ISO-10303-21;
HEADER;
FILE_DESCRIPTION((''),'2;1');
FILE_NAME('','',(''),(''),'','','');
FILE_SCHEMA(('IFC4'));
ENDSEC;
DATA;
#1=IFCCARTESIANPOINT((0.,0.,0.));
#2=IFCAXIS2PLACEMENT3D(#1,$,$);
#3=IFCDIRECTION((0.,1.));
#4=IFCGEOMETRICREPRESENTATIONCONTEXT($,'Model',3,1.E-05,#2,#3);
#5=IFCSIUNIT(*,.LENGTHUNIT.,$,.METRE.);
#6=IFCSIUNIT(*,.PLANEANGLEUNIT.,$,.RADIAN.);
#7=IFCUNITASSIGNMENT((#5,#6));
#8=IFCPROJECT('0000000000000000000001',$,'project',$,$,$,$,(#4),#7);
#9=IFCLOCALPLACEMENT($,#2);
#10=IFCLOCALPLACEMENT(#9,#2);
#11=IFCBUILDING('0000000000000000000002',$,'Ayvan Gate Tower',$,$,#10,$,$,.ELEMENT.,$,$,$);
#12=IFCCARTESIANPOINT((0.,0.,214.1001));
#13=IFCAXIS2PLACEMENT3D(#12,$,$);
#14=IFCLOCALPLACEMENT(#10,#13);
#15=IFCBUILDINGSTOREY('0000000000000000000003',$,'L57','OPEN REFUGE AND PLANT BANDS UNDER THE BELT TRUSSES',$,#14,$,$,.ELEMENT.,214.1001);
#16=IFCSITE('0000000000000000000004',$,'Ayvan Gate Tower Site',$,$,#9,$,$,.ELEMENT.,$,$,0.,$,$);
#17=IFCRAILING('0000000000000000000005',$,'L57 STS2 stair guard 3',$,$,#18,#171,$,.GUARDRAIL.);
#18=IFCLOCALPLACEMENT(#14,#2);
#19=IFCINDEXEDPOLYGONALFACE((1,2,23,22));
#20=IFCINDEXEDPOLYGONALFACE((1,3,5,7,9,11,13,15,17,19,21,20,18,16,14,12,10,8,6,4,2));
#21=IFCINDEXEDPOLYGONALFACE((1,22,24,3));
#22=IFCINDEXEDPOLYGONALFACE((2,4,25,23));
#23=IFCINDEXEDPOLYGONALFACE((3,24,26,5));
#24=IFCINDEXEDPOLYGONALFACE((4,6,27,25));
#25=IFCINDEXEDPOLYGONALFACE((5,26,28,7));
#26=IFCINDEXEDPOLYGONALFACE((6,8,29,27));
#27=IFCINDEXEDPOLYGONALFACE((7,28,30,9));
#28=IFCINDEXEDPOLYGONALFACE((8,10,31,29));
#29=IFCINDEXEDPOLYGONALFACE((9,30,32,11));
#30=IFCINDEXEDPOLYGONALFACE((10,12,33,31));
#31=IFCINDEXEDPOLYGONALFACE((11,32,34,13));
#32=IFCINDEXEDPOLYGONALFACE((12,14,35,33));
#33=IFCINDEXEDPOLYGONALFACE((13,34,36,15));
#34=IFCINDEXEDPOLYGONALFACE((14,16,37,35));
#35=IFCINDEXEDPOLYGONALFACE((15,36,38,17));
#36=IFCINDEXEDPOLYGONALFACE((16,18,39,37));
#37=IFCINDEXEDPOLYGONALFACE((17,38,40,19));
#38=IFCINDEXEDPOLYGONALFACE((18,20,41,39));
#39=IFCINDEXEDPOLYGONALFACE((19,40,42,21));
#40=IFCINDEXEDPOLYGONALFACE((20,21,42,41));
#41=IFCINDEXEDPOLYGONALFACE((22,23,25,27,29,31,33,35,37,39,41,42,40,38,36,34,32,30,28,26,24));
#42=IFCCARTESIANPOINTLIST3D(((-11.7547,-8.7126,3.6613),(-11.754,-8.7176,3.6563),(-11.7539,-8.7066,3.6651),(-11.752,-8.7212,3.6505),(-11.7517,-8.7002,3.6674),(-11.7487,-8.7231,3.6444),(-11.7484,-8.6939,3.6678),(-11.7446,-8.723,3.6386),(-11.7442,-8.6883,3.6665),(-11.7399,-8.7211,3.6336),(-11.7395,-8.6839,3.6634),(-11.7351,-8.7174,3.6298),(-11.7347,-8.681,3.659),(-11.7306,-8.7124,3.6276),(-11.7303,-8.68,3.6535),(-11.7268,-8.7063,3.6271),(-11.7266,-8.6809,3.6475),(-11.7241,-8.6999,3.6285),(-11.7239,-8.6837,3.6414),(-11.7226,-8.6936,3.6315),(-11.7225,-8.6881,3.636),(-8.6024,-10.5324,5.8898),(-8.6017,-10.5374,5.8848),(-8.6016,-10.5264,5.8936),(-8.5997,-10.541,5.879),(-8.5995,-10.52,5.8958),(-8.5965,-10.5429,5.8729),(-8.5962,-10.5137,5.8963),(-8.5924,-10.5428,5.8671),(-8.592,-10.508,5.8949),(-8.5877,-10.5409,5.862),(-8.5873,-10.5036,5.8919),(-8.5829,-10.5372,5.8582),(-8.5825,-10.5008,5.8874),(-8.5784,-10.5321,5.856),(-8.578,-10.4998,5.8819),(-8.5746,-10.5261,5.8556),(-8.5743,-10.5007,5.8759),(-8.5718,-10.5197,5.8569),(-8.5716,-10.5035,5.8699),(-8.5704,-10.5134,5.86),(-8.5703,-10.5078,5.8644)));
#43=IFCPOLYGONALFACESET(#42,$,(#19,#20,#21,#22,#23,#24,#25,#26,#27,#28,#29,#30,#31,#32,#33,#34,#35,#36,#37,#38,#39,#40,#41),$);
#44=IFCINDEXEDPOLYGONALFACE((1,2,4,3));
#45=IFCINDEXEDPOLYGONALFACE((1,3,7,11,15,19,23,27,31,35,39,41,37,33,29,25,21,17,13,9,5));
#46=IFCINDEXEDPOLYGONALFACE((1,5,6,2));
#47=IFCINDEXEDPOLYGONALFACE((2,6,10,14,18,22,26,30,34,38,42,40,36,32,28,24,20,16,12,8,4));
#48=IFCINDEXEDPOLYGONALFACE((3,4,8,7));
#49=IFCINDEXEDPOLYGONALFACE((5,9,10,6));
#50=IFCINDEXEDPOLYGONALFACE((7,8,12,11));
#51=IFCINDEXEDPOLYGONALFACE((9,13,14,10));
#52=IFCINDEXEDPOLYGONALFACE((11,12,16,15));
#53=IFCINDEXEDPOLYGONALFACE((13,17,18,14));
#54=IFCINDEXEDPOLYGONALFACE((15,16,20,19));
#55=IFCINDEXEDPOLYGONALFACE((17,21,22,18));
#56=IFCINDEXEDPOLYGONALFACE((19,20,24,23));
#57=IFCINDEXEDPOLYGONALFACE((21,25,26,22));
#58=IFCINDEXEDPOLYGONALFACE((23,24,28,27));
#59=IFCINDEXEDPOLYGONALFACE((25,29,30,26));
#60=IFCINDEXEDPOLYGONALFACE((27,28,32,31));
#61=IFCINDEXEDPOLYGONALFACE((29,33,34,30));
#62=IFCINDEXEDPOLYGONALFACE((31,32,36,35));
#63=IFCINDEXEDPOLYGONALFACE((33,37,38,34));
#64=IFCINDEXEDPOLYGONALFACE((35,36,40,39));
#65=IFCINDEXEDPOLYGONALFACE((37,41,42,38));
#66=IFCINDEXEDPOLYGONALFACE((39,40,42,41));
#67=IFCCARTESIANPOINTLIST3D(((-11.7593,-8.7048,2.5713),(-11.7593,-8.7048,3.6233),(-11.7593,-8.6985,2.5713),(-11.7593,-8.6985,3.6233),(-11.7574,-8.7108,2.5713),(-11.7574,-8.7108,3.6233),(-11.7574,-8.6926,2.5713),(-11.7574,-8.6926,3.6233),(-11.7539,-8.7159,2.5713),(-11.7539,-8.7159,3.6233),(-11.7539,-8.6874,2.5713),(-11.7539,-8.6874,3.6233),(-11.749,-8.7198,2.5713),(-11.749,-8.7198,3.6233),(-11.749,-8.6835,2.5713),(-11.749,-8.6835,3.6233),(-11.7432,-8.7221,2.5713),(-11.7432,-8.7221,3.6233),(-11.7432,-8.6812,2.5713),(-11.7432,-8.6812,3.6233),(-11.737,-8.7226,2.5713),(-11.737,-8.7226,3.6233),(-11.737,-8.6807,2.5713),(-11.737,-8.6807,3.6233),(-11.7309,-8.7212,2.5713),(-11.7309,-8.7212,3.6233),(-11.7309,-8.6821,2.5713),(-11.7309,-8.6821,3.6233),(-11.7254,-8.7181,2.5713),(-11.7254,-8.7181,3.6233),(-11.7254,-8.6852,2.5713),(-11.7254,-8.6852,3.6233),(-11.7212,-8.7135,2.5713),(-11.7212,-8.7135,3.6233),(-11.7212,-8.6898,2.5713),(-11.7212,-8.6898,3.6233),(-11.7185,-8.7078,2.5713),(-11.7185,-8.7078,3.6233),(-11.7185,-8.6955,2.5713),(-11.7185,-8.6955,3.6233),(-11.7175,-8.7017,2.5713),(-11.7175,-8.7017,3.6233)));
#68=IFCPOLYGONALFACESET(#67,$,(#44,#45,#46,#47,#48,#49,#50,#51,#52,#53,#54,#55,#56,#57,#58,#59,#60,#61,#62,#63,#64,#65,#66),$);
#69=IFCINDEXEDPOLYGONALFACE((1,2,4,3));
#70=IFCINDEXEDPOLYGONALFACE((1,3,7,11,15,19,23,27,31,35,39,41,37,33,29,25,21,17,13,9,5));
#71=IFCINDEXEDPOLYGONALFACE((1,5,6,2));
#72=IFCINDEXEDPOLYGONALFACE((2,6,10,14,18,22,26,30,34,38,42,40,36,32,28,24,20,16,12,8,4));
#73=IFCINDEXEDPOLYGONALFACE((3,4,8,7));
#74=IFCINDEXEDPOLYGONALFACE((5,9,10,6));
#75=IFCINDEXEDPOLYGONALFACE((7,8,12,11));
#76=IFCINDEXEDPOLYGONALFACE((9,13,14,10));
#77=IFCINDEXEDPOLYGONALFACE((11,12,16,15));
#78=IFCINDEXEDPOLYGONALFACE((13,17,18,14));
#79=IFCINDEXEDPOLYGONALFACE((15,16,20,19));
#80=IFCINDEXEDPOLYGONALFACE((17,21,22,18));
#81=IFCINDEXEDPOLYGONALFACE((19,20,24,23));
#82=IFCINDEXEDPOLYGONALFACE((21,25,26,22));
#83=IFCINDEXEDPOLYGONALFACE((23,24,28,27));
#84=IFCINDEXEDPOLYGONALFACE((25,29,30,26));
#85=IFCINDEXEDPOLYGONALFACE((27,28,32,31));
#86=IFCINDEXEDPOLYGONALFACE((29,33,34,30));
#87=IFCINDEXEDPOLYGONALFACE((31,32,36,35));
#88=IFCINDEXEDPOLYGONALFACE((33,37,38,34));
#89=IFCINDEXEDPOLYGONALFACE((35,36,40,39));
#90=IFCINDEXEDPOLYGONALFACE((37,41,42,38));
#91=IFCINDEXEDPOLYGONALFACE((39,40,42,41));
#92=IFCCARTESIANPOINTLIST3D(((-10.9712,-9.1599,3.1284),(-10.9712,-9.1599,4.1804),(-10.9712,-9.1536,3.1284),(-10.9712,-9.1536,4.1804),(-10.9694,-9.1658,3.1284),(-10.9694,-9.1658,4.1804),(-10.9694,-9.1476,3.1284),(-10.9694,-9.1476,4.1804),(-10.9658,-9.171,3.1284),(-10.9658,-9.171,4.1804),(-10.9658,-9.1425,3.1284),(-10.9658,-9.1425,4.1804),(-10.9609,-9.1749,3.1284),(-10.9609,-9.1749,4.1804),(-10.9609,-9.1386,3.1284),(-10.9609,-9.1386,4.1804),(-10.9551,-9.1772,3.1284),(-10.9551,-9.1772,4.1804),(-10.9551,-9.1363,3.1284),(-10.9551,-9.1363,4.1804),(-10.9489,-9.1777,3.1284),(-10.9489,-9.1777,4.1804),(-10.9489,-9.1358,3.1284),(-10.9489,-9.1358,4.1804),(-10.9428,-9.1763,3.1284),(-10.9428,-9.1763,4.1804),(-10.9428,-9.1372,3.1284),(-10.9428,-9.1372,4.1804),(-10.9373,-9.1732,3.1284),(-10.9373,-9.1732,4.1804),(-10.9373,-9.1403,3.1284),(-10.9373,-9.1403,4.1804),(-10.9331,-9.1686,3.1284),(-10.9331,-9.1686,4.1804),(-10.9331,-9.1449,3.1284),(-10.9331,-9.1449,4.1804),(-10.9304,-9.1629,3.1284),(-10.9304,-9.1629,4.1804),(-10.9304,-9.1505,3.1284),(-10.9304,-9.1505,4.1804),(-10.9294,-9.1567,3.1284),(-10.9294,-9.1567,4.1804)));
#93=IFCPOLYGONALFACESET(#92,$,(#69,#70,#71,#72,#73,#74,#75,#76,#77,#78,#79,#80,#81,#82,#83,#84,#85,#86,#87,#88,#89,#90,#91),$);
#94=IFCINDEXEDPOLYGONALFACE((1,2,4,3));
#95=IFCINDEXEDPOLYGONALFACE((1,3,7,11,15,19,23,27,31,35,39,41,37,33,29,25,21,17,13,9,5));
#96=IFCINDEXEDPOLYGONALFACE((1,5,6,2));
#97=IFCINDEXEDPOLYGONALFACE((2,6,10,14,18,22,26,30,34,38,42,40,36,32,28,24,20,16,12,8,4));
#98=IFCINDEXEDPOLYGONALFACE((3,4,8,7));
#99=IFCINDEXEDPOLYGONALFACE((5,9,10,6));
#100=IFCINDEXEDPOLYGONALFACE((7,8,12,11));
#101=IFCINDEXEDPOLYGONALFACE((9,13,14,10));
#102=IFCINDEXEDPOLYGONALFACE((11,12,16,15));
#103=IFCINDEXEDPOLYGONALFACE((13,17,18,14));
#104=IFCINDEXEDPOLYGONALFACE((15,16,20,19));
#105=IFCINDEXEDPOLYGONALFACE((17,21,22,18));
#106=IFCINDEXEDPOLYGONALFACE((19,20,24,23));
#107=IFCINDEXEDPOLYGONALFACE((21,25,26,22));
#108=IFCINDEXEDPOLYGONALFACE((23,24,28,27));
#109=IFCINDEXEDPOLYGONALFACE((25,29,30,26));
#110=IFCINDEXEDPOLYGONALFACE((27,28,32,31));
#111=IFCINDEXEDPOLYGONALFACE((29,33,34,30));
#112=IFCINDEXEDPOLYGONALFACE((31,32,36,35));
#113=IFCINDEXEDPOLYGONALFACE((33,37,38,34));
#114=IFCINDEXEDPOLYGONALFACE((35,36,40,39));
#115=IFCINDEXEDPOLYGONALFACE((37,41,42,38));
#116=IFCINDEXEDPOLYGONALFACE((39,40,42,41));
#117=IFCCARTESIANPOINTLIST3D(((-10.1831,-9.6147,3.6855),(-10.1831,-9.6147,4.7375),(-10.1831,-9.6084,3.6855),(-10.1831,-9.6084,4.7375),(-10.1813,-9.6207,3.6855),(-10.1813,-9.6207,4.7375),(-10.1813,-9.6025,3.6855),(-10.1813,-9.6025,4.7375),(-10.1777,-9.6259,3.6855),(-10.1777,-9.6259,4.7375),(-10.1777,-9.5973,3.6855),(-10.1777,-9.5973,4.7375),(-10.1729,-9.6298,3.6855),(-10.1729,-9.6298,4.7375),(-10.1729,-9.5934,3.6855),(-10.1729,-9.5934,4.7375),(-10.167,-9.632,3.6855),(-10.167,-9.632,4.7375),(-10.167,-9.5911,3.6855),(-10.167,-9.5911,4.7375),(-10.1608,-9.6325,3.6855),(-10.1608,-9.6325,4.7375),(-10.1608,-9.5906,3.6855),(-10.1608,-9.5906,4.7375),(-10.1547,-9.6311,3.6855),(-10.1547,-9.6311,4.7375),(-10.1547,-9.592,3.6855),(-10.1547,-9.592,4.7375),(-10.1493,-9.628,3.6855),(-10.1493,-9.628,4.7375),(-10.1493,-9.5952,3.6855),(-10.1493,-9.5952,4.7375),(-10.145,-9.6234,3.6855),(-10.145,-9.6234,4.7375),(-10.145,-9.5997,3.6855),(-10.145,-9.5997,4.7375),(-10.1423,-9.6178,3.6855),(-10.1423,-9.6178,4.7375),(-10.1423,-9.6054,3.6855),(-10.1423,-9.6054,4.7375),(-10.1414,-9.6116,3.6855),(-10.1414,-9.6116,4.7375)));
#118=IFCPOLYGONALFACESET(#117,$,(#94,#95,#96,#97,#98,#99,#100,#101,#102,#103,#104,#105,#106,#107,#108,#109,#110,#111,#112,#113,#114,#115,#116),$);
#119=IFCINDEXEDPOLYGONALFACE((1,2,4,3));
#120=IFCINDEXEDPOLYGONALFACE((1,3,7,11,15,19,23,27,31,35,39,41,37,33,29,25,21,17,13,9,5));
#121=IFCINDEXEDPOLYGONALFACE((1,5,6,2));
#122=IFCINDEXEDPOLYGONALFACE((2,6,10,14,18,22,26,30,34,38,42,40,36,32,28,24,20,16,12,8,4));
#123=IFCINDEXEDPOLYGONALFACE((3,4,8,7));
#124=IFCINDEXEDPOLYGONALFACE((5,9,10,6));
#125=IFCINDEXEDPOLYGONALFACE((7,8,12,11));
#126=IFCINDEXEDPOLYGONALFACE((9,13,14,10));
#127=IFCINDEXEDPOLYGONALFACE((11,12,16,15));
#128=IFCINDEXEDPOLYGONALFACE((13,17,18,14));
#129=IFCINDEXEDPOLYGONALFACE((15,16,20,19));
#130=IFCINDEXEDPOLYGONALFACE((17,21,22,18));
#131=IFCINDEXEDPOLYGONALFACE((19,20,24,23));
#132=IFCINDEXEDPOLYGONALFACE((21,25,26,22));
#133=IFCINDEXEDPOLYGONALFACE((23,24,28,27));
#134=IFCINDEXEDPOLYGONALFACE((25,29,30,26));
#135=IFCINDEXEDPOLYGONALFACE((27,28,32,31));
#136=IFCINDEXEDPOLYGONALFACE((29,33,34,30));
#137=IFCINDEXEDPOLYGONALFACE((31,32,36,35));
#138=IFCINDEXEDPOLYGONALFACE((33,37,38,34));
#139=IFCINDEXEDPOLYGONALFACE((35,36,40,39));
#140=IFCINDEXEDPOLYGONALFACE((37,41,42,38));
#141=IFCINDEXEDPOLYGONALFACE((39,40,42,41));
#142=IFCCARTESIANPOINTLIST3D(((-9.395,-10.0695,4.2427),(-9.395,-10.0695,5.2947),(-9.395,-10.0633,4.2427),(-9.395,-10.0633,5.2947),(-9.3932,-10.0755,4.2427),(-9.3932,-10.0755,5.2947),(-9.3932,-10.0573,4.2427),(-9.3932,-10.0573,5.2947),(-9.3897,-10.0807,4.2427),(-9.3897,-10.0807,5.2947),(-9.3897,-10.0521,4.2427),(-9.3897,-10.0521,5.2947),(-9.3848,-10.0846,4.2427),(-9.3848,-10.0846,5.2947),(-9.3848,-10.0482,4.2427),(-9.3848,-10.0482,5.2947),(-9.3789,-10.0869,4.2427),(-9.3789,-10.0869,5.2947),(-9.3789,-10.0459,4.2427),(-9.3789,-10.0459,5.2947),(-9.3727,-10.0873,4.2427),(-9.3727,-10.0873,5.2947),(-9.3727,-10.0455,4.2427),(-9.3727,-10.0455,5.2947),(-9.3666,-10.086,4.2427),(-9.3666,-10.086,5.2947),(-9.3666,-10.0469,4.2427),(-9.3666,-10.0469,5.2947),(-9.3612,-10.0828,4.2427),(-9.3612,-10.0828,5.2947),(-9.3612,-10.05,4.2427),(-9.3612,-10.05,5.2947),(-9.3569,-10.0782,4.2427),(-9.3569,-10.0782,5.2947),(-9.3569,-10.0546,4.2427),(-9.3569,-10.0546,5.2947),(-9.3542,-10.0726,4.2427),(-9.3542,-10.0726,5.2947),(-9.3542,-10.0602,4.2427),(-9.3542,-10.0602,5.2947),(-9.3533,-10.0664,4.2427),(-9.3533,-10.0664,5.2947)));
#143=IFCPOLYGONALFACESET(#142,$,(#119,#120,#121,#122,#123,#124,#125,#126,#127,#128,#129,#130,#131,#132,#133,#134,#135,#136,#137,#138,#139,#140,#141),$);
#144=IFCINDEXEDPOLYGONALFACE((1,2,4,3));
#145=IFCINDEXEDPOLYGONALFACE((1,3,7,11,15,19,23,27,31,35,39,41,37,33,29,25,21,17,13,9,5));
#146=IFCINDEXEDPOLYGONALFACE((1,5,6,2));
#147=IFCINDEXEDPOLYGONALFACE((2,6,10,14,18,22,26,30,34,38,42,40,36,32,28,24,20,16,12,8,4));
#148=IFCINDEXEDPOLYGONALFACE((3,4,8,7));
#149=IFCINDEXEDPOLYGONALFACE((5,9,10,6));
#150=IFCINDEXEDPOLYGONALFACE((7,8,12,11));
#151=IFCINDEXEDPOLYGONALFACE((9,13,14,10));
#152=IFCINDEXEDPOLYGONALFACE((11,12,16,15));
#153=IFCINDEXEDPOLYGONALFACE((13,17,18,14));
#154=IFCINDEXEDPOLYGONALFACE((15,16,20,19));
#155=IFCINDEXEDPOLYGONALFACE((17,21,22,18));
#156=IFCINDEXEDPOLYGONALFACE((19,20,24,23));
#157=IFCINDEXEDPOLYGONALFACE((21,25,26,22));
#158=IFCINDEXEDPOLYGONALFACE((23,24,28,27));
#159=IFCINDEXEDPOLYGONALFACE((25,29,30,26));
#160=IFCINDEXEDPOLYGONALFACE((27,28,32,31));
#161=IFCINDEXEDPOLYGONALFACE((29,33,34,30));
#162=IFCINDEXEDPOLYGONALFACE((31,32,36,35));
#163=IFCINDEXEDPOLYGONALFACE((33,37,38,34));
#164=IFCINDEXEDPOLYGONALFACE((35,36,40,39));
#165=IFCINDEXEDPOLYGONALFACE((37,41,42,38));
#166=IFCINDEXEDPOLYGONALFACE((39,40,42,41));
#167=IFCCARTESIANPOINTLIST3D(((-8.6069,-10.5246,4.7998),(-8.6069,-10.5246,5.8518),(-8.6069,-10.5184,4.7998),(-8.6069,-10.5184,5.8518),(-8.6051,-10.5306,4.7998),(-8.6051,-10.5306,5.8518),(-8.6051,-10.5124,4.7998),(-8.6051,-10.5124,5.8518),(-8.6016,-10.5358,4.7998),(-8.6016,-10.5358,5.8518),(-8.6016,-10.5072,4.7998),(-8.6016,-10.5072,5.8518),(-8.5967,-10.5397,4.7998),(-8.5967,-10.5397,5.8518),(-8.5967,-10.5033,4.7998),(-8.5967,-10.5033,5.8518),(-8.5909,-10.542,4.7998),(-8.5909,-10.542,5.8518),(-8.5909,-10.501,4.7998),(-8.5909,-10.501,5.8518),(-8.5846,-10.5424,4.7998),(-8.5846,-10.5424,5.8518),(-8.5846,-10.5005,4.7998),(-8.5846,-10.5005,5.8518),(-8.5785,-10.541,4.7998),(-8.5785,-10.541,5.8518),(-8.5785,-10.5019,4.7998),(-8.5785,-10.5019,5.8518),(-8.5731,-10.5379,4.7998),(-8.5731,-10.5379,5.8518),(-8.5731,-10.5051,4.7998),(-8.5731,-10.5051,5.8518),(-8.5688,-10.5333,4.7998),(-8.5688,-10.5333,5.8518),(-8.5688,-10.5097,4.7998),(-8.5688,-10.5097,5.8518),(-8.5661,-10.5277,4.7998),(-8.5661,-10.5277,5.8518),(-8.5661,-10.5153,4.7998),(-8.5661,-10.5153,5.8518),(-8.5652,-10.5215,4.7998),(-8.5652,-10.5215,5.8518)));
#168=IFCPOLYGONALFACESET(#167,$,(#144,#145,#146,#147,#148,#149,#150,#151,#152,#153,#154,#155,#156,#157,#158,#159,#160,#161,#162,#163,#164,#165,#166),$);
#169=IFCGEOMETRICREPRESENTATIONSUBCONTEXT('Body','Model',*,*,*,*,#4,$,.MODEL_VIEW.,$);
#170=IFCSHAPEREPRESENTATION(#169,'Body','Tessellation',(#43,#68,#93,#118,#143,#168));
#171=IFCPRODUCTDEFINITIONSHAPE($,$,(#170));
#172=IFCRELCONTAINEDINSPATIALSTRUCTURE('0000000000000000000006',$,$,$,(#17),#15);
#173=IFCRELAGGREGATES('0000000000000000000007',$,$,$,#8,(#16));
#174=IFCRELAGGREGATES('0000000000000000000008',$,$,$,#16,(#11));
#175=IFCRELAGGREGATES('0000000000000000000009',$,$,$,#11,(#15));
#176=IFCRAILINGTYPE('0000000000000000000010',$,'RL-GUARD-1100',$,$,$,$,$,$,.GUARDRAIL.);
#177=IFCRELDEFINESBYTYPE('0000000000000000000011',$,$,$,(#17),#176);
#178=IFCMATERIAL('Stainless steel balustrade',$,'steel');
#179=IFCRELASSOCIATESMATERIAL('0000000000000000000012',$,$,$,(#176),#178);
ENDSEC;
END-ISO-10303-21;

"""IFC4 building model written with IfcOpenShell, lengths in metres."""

from ifc_helpers import new_model, si_unit, direction, frame, origin, origin_2d, place, context, subcontext, project, spatial, circle, extrude, material, type_object, element, save


model = new_model("IFC4")

# Units and contexts
model_context = context("Model", 3, precision=1e-05, world=origin(), true_north=direction((0.0, 1.0)))
body_context = subcontext(model_context, "Body", "Model", "MODEL_VIEW")
ifc_project = project(units=[si_unit("LENGTHUNIT", "METRE"), si_unit("PLANEANGLEUNIT", "RADIAN")], contexts=[model_context])

# Site, building, storey
site_placement = place(None, origin())
site = spatial("IfcSite", under=ifc_project, at=site_placement, Name="Ayvan Gate Tower Site", CompositionType="ELEMENT", RefElevation=0.0)
building_placement = place(site_placement, origin())
building = spatial("IfcBuilding", under=site, at=building_placement, Name="Ayvan Gate Tower", CompositionType="ELEMENT")
storey_placement = place(building_placement, frame((0.0, 0.0, 214.1001)))
storey = spatial("IfcBuildingStorey", under=building, at=storey_placement, Name="L57", Description="OPEN REFUGE AND PLANT BANDS UNDER THE BELT TRUSSES", CompositionType="ELEMENT", Elevation=214.1001)

# Railing
ifc_material_1 = material(Name="Stainless steel balustrade", Category="steel")
railing_type_1 = type_object("IfcRailingType", Name="RL-GUARD-1100", PredefinedType="GUARDRAIL", material=ifc_material_1)
railing_1_placement = place(storey_placement, frame((-11.7385, -8.7017, 2.5713)))
element("IfcRailing", 1, at=railing_1_placement, inside=storey, type_object=railing_type_1, Name="L57 STS2 stair guard 3", PredefinedType="GUARDRAIL", context=body_context, shape_type="SweptSolid", body=[
    extrude(circle(Radius=0.0239, at=origin_2d()), frame((0.0, 0.0, 1.0762), z_axis=(0.73861, -0.426394, 0.522153), x_axis=(0.499962, 0.866047, 0.0)), (0.0, 0.0, 1.0), 4.2678),
    extrude(circle(Radius=0.021, at=origin_2d()), origin(), (0.0, 0.0, 1.0), 1.052),
    extrude(circle(Radius=0.021, at=origin_2d()), frame((0.7881, -0.4551, 0.5571)), (0.0, 0.0, 1.0), 1.052),
    extrude(circle(Radius=0.021, at=origin_2d()), frame((1.5762, -0.9099, 1.1143)), (0.0, 0.0, 1.0), 1.052),
    extrude(circle(Radius=0.021, at=origin_2d()), frame((2.3643, -1.3647, 1.6714)), (0.0, 0.0, 1.0), 1.052),
    extrude(circle(Radius=0.021, at=origin_2d()), frame((3.1523, -1.8198, 2.2285)), (0.0, 0.0, 1.0), 1.052),
])

save(model, "model.ifc")
